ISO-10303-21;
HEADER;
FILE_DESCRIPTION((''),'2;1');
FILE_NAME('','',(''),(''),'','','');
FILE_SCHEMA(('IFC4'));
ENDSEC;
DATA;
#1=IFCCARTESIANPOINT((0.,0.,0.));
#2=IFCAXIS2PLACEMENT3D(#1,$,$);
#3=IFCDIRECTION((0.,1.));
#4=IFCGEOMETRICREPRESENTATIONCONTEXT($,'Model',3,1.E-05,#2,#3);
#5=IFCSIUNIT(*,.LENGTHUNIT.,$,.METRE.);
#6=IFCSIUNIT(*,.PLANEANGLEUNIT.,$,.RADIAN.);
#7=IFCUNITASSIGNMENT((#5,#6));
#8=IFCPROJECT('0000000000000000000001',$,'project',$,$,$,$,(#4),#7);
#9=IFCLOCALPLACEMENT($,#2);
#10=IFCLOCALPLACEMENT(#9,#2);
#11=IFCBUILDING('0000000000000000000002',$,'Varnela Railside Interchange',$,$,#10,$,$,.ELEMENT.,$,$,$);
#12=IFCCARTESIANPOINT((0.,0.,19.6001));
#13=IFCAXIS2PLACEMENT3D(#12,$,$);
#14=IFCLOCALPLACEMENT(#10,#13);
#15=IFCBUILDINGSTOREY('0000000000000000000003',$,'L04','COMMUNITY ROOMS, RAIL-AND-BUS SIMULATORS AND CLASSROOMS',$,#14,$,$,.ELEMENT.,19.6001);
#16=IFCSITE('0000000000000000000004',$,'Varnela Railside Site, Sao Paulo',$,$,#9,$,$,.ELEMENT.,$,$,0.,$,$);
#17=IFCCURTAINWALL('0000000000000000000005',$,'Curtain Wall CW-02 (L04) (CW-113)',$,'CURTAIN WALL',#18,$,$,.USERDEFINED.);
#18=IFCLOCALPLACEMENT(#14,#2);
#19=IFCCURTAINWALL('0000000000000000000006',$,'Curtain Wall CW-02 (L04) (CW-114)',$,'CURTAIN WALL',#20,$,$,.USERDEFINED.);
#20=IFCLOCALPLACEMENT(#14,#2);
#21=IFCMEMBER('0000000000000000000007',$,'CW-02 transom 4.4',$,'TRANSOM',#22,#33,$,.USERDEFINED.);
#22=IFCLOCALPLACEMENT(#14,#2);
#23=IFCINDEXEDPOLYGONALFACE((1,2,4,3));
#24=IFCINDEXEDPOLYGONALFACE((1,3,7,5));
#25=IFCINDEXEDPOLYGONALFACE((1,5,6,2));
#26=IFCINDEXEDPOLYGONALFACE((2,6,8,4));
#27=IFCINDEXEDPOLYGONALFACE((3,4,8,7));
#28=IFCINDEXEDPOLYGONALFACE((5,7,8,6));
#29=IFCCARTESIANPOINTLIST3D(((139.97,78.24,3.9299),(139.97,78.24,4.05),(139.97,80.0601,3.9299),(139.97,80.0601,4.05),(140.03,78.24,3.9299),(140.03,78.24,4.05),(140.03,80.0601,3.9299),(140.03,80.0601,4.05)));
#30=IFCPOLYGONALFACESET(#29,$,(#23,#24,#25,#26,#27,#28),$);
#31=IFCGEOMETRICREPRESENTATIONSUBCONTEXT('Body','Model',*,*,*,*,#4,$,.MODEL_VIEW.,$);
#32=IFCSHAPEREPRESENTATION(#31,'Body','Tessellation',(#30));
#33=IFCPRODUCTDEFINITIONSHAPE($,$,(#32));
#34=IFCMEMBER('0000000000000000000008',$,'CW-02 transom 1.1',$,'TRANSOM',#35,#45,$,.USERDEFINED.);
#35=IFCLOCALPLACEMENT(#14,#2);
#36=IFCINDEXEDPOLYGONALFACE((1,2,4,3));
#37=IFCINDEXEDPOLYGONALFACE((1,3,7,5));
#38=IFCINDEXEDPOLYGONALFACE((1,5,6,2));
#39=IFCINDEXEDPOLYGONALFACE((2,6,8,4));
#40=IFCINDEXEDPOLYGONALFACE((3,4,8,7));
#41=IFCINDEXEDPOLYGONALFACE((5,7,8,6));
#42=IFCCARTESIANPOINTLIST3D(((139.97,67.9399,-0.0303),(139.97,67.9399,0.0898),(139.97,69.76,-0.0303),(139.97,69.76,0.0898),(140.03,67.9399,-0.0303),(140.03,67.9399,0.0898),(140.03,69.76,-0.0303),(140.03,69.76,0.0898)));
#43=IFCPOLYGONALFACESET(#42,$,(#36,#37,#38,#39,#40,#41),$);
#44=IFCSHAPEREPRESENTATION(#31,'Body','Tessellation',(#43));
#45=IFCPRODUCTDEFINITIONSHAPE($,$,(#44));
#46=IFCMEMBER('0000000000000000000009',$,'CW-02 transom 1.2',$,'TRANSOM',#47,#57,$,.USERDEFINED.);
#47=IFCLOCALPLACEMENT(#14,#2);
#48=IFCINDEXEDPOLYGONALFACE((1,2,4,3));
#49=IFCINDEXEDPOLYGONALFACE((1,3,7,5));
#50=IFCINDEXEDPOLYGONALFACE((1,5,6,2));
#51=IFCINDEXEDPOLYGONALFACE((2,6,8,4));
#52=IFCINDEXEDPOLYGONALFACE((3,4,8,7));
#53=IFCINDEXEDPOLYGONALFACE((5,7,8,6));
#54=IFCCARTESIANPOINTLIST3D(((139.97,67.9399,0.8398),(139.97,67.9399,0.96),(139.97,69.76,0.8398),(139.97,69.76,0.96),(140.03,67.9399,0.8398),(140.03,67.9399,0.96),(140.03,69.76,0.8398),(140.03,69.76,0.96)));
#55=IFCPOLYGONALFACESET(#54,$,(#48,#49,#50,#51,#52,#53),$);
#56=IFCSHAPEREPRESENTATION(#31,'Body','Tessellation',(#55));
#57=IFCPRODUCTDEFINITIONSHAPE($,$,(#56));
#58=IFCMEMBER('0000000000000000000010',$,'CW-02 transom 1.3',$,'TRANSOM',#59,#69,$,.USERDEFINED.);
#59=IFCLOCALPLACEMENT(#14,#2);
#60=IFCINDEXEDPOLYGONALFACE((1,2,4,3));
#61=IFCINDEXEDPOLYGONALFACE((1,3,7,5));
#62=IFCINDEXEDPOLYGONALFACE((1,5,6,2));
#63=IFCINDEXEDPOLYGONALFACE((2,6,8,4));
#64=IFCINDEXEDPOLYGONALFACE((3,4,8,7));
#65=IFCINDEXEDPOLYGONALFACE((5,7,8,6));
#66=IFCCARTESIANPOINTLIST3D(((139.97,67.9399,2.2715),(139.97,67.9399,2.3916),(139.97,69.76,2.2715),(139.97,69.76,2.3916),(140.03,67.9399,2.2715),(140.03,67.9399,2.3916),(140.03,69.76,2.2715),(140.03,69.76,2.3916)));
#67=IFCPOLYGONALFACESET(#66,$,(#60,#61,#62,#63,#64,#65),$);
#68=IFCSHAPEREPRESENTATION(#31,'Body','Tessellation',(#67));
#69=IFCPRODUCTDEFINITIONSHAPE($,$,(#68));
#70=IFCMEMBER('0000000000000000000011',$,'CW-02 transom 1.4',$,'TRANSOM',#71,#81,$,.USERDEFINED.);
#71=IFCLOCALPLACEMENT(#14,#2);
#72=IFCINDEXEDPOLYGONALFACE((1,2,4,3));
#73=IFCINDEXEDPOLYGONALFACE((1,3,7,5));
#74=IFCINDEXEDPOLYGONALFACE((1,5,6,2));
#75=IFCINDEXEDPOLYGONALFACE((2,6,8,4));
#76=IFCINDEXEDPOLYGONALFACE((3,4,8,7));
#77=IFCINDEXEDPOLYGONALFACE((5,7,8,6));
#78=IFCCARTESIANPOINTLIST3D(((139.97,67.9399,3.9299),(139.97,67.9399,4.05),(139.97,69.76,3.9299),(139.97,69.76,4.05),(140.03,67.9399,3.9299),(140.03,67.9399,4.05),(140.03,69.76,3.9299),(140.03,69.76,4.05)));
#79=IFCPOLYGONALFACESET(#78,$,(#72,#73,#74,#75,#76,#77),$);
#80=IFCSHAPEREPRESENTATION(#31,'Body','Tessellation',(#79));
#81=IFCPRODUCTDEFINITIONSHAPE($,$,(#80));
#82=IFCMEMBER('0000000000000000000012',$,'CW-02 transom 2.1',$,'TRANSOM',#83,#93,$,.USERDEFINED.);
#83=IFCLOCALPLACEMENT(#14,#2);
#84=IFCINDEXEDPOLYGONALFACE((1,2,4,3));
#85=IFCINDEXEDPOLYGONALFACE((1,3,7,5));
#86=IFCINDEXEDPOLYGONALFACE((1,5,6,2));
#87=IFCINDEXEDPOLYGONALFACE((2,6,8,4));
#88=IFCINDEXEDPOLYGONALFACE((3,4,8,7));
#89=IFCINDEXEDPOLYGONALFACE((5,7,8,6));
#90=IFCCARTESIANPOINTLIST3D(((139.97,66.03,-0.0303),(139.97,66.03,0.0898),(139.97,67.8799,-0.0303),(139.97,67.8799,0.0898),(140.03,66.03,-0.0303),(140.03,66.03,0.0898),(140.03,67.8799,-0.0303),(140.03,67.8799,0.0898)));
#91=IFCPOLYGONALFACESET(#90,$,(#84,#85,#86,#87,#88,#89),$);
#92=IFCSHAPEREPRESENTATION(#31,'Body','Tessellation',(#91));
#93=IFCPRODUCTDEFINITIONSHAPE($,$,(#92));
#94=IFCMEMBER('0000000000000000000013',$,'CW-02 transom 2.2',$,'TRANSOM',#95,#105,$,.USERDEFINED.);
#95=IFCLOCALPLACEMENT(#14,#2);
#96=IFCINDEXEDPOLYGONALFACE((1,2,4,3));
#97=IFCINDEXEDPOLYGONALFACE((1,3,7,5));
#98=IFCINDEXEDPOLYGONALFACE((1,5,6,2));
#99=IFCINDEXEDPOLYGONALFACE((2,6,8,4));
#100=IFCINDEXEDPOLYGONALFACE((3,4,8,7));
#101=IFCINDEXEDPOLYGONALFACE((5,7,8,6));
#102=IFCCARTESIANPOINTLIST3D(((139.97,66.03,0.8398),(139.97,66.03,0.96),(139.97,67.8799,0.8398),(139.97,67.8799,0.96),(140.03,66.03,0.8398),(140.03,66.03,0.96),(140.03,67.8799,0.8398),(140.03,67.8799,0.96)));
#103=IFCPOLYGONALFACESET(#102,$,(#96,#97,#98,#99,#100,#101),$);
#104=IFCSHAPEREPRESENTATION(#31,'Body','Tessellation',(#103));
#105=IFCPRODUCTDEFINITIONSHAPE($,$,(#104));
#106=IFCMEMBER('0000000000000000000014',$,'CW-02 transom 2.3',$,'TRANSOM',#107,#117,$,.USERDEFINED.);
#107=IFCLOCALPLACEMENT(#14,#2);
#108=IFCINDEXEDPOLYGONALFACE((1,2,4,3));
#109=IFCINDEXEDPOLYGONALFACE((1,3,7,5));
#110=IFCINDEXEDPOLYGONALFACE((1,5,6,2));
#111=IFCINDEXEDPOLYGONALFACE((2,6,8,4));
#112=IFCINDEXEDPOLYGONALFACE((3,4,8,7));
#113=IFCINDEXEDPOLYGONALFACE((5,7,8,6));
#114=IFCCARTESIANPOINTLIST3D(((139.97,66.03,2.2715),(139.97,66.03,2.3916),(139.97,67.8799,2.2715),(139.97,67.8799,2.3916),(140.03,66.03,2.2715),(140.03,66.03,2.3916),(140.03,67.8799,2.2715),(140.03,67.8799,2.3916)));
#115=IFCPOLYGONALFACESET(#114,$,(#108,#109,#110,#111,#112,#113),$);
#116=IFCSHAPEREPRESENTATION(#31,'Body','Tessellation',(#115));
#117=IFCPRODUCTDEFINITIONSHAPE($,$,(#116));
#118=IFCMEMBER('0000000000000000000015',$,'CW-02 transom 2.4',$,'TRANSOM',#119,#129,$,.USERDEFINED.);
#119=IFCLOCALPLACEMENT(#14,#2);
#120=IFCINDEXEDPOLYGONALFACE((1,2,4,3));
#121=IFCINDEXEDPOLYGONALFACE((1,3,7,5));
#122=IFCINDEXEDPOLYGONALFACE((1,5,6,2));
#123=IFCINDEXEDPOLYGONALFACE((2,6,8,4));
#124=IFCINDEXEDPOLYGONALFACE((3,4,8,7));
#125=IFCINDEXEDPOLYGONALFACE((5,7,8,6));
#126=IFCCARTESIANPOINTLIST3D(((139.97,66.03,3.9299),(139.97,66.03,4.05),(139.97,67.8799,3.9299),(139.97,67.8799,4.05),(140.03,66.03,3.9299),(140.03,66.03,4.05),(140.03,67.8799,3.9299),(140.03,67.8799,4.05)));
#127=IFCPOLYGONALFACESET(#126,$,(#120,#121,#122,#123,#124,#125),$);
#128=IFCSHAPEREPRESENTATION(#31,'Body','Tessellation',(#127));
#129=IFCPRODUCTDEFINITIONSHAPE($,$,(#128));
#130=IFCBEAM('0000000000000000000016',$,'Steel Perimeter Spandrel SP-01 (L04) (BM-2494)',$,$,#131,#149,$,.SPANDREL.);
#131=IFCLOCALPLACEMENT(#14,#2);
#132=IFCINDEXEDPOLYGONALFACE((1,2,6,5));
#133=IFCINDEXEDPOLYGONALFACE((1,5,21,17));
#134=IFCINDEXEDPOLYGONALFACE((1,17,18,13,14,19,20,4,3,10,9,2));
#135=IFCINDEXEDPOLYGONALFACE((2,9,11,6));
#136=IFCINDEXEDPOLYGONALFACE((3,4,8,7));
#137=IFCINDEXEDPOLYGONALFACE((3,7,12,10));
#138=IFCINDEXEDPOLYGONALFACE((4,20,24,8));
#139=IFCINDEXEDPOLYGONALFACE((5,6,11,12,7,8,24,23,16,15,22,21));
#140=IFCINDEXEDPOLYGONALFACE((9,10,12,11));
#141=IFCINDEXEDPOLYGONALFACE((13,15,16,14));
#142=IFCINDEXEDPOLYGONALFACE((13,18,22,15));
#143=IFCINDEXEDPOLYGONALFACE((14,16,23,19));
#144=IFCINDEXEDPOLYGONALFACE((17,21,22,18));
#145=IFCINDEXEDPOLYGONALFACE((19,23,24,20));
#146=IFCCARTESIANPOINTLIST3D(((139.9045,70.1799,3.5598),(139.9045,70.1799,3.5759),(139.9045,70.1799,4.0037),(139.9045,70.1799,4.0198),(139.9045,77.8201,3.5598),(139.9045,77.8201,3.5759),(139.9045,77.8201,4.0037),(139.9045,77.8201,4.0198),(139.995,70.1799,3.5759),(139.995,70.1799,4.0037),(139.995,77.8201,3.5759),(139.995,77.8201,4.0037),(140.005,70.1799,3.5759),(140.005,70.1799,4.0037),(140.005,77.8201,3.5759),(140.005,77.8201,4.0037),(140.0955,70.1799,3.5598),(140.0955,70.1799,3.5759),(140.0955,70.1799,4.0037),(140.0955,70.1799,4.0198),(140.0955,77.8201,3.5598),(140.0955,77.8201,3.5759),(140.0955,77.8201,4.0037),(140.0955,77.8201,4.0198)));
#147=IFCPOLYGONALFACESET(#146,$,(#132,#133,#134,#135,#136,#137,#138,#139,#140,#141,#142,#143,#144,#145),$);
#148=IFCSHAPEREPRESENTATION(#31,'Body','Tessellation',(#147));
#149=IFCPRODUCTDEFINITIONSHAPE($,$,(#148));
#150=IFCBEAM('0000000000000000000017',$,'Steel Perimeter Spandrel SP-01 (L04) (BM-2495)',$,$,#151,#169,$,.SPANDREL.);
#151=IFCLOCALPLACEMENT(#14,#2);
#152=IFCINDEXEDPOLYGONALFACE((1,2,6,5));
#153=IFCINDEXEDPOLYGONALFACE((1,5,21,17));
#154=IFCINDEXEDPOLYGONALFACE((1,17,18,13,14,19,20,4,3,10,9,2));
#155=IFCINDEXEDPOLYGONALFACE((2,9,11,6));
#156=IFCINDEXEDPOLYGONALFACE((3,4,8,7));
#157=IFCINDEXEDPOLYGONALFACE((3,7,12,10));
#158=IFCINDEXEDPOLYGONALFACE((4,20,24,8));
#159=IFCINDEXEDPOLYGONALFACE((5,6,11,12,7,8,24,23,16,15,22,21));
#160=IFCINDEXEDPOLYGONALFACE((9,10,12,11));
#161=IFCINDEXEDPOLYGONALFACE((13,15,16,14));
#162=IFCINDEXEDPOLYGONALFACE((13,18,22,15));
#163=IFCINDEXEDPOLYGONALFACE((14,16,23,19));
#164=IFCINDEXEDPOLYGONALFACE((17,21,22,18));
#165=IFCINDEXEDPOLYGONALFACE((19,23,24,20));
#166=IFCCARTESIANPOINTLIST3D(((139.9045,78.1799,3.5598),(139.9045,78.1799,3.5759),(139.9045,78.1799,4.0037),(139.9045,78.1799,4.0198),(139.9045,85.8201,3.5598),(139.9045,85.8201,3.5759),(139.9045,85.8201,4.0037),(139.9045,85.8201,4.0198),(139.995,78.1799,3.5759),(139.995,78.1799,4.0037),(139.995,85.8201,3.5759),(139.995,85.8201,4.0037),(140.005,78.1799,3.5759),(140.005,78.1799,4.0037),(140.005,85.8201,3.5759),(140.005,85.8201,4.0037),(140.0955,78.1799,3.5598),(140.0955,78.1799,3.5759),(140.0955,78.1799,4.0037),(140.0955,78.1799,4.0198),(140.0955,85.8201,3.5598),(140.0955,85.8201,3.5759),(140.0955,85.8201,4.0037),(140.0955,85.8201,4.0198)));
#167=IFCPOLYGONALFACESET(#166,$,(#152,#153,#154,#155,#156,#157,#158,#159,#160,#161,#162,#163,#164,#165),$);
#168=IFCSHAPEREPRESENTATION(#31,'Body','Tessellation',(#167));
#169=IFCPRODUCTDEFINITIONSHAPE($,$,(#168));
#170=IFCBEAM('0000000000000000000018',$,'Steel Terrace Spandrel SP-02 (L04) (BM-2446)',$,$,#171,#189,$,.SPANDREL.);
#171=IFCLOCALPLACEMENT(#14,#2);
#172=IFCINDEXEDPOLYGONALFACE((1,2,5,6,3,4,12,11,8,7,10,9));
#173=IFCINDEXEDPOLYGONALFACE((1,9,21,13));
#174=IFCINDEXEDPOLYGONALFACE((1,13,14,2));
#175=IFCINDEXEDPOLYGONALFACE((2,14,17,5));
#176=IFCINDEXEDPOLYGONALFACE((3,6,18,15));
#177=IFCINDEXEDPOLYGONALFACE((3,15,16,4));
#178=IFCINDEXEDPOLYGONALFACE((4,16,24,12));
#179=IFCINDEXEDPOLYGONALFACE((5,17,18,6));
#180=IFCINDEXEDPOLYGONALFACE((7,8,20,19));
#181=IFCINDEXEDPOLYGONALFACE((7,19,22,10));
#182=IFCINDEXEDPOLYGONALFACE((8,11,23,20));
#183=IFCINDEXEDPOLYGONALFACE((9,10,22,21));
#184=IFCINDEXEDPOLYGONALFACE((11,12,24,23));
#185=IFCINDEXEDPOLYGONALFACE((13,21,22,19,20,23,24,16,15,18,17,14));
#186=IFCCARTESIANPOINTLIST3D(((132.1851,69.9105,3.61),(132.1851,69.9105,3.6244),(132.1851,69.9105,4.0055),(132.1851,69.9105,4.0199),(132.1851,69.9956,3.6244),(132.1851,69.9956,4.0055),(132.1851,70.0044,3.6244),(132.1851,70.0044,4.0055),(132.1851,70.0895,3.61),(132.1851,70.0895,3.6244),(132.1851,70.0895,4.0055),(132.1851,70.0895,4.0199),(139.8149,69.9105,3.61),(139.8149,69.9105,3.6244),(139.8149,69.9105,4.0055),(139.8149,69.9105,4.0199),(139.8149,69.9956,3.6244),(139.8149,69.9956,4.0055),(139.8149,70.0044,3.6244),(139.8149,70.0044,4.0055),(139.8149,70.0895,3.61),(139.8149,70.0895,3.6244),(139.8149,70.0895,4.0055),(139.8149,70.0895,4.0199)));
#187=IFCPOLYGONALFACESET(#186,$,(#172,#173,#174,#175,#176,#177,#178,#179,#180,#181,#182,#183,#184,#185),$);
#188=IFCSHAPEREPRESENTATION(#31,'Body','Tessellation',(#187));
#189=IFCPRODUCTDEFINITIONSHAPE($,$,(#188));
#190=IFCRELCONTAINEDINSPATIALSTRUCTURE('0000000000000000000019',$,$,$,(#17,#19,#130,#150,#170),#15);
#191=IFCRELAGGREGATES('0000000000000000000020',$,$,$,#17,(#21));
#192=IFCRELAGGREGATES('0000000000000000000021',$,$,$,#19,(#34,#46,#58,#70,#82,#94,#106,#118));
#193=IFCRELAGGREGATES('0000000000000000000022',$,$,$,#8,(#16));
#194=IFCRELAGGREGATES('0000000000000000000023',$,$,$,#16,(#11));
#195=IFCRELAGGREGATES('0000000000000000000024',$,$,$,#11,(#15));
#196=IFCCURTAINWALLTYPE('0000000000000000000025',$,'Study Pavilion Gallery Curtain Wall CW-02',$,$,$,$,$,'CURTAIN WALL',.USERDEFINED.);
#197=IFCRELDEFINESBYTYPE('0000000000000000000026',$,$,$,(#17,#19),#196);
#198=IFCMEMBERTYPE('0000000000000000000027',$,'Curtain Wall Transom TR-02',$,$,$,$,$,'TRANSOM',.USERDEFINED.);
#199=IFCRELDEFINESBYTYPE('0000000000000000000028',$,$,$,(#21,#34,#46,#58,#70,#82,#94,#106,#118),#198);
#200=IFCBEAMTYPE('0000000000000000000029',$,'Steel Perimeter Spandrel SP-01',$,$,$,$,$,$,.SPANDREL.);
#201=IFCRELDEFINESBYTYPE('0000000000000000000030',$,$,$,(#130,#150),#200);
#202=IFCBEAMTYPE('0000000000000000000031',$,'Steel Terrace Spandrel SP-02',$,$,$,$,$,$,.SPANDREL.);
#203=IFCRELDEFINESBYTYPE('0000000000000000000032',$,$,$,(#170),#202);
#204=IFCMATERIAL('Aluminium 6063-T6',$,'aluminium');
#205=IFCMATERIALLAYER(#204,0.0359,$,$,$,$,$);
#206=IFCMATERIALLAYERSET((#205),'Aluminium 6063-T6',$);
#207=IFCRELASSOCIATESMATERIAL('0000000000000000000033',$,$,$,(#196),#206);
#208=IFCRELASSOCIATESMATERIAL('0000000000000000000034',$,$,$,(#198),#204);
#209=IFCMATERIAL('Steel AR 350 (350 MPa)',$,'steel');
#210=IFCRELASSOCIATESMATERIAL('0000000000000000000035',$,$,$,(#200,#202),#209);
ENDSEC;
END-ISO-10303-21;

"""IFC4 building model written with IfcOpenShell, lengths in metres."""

from ifc_helpers import new_model, si_unit, direction, frame, origin, origin_2d, place, context, subcontext, project, spatial, rectangle, i_section, extrude, material, layer, layer_set, material_profile, profile_set, type_object, element, aggregate, save


model = new_model("IFC4")

# Units and contexts
model_context = context("Model", 3, precision=1e-05, world=origin(), true_north=direction((0.0, 1.0)))
body_context = subcontext(model_context, "Body", "Model", "MODEL_VIEW")
ifc_project = project(units=[si_unit("LENGTHUNIT", "METRE"), si_unit("PLANEANGLEUNIT", "RADIAN")], contexts=[model_context])

# Site, building, storey
site_placement = place(None, origin())
site = spatial("IfcSite", under=ifc_project, at=site_placement, Name="Varnela Railside Site, Sao Paulo", CompositionType="ELEMENT", RefElevation=0.0)
building_placement = place(site_placement, origin())
building = spatial("IfcBuilding", under=site, at=building_placement, Name="Varnela Railside Interchange", CompositionType="ELEMENT")
storey_placement = place(building_placement, frame((0.0, 0.0, 19.6001)))
storey = spatial("IfcBuildingStorey", under=building, at=storey_placement, Name="L04", Description="COMMUNITY ROOMS, RAIL-AND-BUS SIMULATORS AND CLASSROOMS", CompositionType="ELEMENT", Elevation=19.6001)

# Shared definitions
ifc_material_1 = material(Name="Steel AR 350 (350 MPa)", Category="steel")

# Curtain wall
ifc_material_2 = material(Name="Aluminium 6063-T6", Category="aluminium")
ifc_layer_1 = layer(ifc_material_2, 0.0359)
ifc_layer_set_1 = layer_set([ifc_layer_1], Name="Aluminium 6063-T6")
curtain_wall_type = type_object("IfcCurtainWallType", Name="Study Pavilion Gallery Curtain Wall CW-02", ElementType="CURTAIN WALL", PredefinedType="USERDEFINED", material=ifc_layer_set_1)
curtain_wall_1_placement = place(storey_placement, origin())
curtain_wall_1 = element("IfcCurtainWall", 1, at=curtain_wall_1_placement, inside=storey, type_object=curtain_wall_type, Name="Curtain Wall CW-02 (L04) (CW-113)", ObjectType="CURTAIN WALL", PredefinedType="USERDEFINED")

# Curtain wall
curtain_wall_2_placement = place(storey_placement, origin())
curtain_wall_2 = element("IfcCurtainWall", 2, at=curtain_wall_2_placement, inside=storey, type_object=curtain_wall_type, Name="Curtain Wall CW-02 (L04) (CW-114)", ObjectType="CURTAIN WALL", PredefinedType="USERDEFINED")

# Members
ifc_material_profile_1 = material_profile(ifc_material_2, rectangle(XDim=0.0601, YDim=0.1201, at=origin_2d()), Name="ALU 60x120")
ifc_profile_set_1 = profile_set([ifc_material_profile_1], Name="Aluminium 6063-T6")
member_type_1 = type_object("IfcMemberType", Name="Curtain Wall Transom TR-02", ElementType="TRANSOM", PredefinedType="USERDEFINED", material=ifc_profile_set_1)
member_1_placement = place(storey_placement, frame((140.0, 80.0601, 3.99), z_axis=(0.0, -1.0, 0.0), x_axis=(1.0, 0.0, 0.0)))
member_1 = element("IfcMember", 3, at=member_1_placement, type_object=member_type_1, Name="CW-02 transom 4.4", ObjectType="TRANSOM", PredefinedType="USERDEFINED", context=body_context, shape_type="SweptSolid", body=[
    extrude(rectangle(XDim=0.0601, YDim=0.1201, at=origin_2d()), origin(), (0.0, 0.0, 1.0), 1.8201),
])
member_2_placement = place(storey_placement, frame((140.0, 69.76, 0.0298), z_axis=(0.0, -1.0, 0.0), x_axis=(1.0, 0.0, 0.0)))
member_2 = element("IfcMember", 4, at=member_2_placement, type_object=member_type_1, Name="CW-02 transom 1.1", ObjectType="TRANSOM", PredefinedType="USERDEFINED", context=body_context, shape_type="SweptSolid", body=[
    extrude(rectangle(XDim=0.0601, YDim=0.1201, at=origin_2d()), origin(), (0.0, 0.0, 1.0), 1.8201),
])
member_3_placement = place(storey_placement, frame((140.0, 69.76, 0.8999), z_axis=(0.0, -1.0, 0.0), x_axis=(1.0, 0.0, 0.0)))
member_3 = element("IfcMember", 5, at=member_3_placement, type_object=member_type_1, Name="CW-02 transom 1.2", ObjectType="TRANSOM", PredefinedType="USERDEFINED", context=body_context, shape_type="SweptSolid", body=[
    extrude(rectangle(XDim=0.0601, YDim=0.1201, at=origin_2d()), origin(), (0.0, 0.0, 1.0), 1.8201),
])
member_4_placement = place(storey_placement, frame((140.0, 69.76, 2.3315), z_axis=(0.0, -1.0, 0.0), x_axis=(1.0, 0.0, 0.0)))
member_4 = element("IfcMember", 6, at=member_4_placement, type_object=member_type_1, Name="CW-02 transom 1.3", ObjectType="TRANSOM", PredefinedType="USERDEFINED", context=body_context, shape_type="SweptSolid", body=[
    extrude(rectangle(XDim=0.0601, YDim=0.1201, at=origin_2d()), origin(), (0.0, 0.0, 1.0), 1.8201),
])
member_5_placement = place(storey_placement, frame((140.0, 69.76, 3.99), z_axis=(0.0, -1.0, 0.0), x_axis=(1.0, 0.0, 0.0)))
member_5 = element("IfcMember", 7, at=member_5_placement, type_object=member_type_1, Name="CW-02 transom 1.4", ObjectType="TRANSOM", PredefinedType="USERDEFINED", context=body_context, shape_type="SweptSolid", body=[
    extrude(rectangle(XDim=0.0601, YDim=0.1201, at=origin_2d()), origin(), (0.0, 0.0, 1.0), 1.8201),
])
member_6_placement = place(storey_placement, frame((140.0, 67.8799, 0.0298), z_axis=(0.0, -1.0, 0.0), x_axis=(1.0, 0.0, 0.0)))
member_6 = element("IfcMember", 8, at=member_6_placement, type_object=member_type_1, Name="CW-02 transom 2.1", ObjectType="TRANSOM", PredefinedType="USERDEFINED", context=body_context, shape_type="SweptSolid", body=[
    extrude(rectangle(XDim=0.0601, YDim=0.1201, at=origin_2d()), origin(), (0.0, 0.0, 1.0), 1.8499),
])
member_7_placement = place(storey_placement, frame((140.0, 67.8799, 0.8999), z_axis=(0.0, -1.0, 0.0), x_axis=(1.0, 0.0, 0.0)))
member_7 = element("IfcMember", 9, at=member_7_placement, type_object=member_type_1, Name="CW-02 transom 2.2", ObjectType="TRANSOM", PredefinedType="USERDEFINED", context=body_context, shape_type="SweptSolid", body=[
    extrude(rectangle(XDim=0.0601, YDim=0.1201, at=origin_2d()), origin(), (0.0, 0.0, 1.0), 1.8499),
])
member_8_placement = place(storey_placement, frame((140.0, 67.8799, 2.3315), z_axis=(0.0, -1.0, 0.0), x_axis=(1.0, 0.0, 0.0)))
member_8 = element("IfcMember", 10, at=member_8_placement, type_object=member_type_1, Name="CW-02 transom 2.3", ObjectType="TRANSOM", PredefinedType="USERDEFINED", context=body_context, shape_type="SweptSolid", body=[
    extrude(rectangle(XDim=0.0601, YDim=0.1201, at=origin_2d()), origin(), (0.0, 0.0, 1.0), 1.8499),
])
member_9_placement = place(storey_placement, frame((140.0, 67.8799, 3.99), z_axis=(0.0, -1.0, 0.0), x_axis=(1.0, 0.0, 0.0)))
member_9 = element("IfcMember", 11, at=member_9_placement, type_object=member_type_1, Name="CW-02 transom 2.4", ObjectType="TRANSOM", PredefinedType="USERDEFINED", context=body_context, shape_type="SweptSolid", body=[
    extrude(rectangle(XDim=0.0601, YDim=0.1201, at=origin_2d()), origin(), (0.0, 0.0, 1.0), 1.8499),
])

# Beams
ifc_material_profile_2 = material_profile(ifc_material_1, i_section(OverallWidth=0.1909, OverallDepth=0.46, WebThickness=0.01, FlangeThickness=0.0161, at=origin_2d()), Name="W460x82")
ifc_profile_set_2 = profile_set([ifc_material_profile_2], Name="Steel AR 350 (350 MPa)")
beam_type_1 = type_object("IfcBeamType", Name="Steel Perimeter Spandrel SP-01", PredefinedType="SPANDREL", material=ifc_profile_set_2)
for number, where, z_axis, x_axis, name in (
    (12, (140.0, 70.1799, 3.7898), (0.0, 1.0, 0.0), (-1.0, 0.0, 0.0), "Steel Perimeter Spandrel SP-01 (L04) (BM-2494)"),
    (13, (140.0, 78.1799, 3.7898), (0.0, 1.0, 0.0), (-1.0, 0.0, 0.0), "Steel Perimeter Spandrel SP-01 (L04) (BM-2495)"),
):
    element("IfcBeam", number, at=place(storey_placement, frame(where, z_axis=z_axis, x_axis=x_axis)), inside=storey, type_object=beam_type_1, Name=name, PredefinedType="SPANDREL", context=body_context, shape_type="SweptSolid", body=[
        extrude(i_section(OverallWidth=0.1909, OverallDepth=0.46, WebThickness=0.01, FlangeThickness=0.0161, at=origin_2d()), origin(), (0.0, 0.0, 1.0), 7.6401),
    ])
ifc_material_profile_3 = material_profile(ifc_material_1, i_section(OverallWidth=0.179, OverallDepth=0.4099, WebThickness=0.0088, FlangeThickness=0.0144, at=origin_2d()), Name="W410x67")
ifc_profile_set_3 = profile_set([ifc_material_profile_3], Name="Steel AR 350 (350 MPa)")
beam_type_2 = type_object("IfcBeamType", Name="Steel Terrace Spandrel SP-02", PredefinedType="SPANDREL", material=ifc_profile_set_3)
for number, where, z_axis, x_axis, name in (
    (14, (132.1851, 70.0, 3.8149), (1.0, 0.0, 0.0), (0.0, 1.0, 0.0), "Steel Terrace Spandrel SP-02 (L04) (BM-2446)"),
):
    element("IfcBeam", number, at=place(storey_placement, frame(where, z_axis=z_axis, x_axis=x_axis)), inside=storey, type_object=beam_type_2, Name=name, PredefinedType="SPANDREL", context=body_context, shape_type="SweptSolid", body=[
        extrude(i_section(OverallWidth=0.179, OverallDepth=0.4099, WebThickness=0.0088, FlangeThickness=0.0144, at=origin_2d()), origin(), (0.0, 0.0, 1.0), 7.6299),
    ])

aggregate(curtain_wall_1, [member_1])
aggregate(curtain_wall_2, [member_2, member_3, member_4, member_5, member_6, member_7, member_8, member_9])

save(model, "model.ifc")
